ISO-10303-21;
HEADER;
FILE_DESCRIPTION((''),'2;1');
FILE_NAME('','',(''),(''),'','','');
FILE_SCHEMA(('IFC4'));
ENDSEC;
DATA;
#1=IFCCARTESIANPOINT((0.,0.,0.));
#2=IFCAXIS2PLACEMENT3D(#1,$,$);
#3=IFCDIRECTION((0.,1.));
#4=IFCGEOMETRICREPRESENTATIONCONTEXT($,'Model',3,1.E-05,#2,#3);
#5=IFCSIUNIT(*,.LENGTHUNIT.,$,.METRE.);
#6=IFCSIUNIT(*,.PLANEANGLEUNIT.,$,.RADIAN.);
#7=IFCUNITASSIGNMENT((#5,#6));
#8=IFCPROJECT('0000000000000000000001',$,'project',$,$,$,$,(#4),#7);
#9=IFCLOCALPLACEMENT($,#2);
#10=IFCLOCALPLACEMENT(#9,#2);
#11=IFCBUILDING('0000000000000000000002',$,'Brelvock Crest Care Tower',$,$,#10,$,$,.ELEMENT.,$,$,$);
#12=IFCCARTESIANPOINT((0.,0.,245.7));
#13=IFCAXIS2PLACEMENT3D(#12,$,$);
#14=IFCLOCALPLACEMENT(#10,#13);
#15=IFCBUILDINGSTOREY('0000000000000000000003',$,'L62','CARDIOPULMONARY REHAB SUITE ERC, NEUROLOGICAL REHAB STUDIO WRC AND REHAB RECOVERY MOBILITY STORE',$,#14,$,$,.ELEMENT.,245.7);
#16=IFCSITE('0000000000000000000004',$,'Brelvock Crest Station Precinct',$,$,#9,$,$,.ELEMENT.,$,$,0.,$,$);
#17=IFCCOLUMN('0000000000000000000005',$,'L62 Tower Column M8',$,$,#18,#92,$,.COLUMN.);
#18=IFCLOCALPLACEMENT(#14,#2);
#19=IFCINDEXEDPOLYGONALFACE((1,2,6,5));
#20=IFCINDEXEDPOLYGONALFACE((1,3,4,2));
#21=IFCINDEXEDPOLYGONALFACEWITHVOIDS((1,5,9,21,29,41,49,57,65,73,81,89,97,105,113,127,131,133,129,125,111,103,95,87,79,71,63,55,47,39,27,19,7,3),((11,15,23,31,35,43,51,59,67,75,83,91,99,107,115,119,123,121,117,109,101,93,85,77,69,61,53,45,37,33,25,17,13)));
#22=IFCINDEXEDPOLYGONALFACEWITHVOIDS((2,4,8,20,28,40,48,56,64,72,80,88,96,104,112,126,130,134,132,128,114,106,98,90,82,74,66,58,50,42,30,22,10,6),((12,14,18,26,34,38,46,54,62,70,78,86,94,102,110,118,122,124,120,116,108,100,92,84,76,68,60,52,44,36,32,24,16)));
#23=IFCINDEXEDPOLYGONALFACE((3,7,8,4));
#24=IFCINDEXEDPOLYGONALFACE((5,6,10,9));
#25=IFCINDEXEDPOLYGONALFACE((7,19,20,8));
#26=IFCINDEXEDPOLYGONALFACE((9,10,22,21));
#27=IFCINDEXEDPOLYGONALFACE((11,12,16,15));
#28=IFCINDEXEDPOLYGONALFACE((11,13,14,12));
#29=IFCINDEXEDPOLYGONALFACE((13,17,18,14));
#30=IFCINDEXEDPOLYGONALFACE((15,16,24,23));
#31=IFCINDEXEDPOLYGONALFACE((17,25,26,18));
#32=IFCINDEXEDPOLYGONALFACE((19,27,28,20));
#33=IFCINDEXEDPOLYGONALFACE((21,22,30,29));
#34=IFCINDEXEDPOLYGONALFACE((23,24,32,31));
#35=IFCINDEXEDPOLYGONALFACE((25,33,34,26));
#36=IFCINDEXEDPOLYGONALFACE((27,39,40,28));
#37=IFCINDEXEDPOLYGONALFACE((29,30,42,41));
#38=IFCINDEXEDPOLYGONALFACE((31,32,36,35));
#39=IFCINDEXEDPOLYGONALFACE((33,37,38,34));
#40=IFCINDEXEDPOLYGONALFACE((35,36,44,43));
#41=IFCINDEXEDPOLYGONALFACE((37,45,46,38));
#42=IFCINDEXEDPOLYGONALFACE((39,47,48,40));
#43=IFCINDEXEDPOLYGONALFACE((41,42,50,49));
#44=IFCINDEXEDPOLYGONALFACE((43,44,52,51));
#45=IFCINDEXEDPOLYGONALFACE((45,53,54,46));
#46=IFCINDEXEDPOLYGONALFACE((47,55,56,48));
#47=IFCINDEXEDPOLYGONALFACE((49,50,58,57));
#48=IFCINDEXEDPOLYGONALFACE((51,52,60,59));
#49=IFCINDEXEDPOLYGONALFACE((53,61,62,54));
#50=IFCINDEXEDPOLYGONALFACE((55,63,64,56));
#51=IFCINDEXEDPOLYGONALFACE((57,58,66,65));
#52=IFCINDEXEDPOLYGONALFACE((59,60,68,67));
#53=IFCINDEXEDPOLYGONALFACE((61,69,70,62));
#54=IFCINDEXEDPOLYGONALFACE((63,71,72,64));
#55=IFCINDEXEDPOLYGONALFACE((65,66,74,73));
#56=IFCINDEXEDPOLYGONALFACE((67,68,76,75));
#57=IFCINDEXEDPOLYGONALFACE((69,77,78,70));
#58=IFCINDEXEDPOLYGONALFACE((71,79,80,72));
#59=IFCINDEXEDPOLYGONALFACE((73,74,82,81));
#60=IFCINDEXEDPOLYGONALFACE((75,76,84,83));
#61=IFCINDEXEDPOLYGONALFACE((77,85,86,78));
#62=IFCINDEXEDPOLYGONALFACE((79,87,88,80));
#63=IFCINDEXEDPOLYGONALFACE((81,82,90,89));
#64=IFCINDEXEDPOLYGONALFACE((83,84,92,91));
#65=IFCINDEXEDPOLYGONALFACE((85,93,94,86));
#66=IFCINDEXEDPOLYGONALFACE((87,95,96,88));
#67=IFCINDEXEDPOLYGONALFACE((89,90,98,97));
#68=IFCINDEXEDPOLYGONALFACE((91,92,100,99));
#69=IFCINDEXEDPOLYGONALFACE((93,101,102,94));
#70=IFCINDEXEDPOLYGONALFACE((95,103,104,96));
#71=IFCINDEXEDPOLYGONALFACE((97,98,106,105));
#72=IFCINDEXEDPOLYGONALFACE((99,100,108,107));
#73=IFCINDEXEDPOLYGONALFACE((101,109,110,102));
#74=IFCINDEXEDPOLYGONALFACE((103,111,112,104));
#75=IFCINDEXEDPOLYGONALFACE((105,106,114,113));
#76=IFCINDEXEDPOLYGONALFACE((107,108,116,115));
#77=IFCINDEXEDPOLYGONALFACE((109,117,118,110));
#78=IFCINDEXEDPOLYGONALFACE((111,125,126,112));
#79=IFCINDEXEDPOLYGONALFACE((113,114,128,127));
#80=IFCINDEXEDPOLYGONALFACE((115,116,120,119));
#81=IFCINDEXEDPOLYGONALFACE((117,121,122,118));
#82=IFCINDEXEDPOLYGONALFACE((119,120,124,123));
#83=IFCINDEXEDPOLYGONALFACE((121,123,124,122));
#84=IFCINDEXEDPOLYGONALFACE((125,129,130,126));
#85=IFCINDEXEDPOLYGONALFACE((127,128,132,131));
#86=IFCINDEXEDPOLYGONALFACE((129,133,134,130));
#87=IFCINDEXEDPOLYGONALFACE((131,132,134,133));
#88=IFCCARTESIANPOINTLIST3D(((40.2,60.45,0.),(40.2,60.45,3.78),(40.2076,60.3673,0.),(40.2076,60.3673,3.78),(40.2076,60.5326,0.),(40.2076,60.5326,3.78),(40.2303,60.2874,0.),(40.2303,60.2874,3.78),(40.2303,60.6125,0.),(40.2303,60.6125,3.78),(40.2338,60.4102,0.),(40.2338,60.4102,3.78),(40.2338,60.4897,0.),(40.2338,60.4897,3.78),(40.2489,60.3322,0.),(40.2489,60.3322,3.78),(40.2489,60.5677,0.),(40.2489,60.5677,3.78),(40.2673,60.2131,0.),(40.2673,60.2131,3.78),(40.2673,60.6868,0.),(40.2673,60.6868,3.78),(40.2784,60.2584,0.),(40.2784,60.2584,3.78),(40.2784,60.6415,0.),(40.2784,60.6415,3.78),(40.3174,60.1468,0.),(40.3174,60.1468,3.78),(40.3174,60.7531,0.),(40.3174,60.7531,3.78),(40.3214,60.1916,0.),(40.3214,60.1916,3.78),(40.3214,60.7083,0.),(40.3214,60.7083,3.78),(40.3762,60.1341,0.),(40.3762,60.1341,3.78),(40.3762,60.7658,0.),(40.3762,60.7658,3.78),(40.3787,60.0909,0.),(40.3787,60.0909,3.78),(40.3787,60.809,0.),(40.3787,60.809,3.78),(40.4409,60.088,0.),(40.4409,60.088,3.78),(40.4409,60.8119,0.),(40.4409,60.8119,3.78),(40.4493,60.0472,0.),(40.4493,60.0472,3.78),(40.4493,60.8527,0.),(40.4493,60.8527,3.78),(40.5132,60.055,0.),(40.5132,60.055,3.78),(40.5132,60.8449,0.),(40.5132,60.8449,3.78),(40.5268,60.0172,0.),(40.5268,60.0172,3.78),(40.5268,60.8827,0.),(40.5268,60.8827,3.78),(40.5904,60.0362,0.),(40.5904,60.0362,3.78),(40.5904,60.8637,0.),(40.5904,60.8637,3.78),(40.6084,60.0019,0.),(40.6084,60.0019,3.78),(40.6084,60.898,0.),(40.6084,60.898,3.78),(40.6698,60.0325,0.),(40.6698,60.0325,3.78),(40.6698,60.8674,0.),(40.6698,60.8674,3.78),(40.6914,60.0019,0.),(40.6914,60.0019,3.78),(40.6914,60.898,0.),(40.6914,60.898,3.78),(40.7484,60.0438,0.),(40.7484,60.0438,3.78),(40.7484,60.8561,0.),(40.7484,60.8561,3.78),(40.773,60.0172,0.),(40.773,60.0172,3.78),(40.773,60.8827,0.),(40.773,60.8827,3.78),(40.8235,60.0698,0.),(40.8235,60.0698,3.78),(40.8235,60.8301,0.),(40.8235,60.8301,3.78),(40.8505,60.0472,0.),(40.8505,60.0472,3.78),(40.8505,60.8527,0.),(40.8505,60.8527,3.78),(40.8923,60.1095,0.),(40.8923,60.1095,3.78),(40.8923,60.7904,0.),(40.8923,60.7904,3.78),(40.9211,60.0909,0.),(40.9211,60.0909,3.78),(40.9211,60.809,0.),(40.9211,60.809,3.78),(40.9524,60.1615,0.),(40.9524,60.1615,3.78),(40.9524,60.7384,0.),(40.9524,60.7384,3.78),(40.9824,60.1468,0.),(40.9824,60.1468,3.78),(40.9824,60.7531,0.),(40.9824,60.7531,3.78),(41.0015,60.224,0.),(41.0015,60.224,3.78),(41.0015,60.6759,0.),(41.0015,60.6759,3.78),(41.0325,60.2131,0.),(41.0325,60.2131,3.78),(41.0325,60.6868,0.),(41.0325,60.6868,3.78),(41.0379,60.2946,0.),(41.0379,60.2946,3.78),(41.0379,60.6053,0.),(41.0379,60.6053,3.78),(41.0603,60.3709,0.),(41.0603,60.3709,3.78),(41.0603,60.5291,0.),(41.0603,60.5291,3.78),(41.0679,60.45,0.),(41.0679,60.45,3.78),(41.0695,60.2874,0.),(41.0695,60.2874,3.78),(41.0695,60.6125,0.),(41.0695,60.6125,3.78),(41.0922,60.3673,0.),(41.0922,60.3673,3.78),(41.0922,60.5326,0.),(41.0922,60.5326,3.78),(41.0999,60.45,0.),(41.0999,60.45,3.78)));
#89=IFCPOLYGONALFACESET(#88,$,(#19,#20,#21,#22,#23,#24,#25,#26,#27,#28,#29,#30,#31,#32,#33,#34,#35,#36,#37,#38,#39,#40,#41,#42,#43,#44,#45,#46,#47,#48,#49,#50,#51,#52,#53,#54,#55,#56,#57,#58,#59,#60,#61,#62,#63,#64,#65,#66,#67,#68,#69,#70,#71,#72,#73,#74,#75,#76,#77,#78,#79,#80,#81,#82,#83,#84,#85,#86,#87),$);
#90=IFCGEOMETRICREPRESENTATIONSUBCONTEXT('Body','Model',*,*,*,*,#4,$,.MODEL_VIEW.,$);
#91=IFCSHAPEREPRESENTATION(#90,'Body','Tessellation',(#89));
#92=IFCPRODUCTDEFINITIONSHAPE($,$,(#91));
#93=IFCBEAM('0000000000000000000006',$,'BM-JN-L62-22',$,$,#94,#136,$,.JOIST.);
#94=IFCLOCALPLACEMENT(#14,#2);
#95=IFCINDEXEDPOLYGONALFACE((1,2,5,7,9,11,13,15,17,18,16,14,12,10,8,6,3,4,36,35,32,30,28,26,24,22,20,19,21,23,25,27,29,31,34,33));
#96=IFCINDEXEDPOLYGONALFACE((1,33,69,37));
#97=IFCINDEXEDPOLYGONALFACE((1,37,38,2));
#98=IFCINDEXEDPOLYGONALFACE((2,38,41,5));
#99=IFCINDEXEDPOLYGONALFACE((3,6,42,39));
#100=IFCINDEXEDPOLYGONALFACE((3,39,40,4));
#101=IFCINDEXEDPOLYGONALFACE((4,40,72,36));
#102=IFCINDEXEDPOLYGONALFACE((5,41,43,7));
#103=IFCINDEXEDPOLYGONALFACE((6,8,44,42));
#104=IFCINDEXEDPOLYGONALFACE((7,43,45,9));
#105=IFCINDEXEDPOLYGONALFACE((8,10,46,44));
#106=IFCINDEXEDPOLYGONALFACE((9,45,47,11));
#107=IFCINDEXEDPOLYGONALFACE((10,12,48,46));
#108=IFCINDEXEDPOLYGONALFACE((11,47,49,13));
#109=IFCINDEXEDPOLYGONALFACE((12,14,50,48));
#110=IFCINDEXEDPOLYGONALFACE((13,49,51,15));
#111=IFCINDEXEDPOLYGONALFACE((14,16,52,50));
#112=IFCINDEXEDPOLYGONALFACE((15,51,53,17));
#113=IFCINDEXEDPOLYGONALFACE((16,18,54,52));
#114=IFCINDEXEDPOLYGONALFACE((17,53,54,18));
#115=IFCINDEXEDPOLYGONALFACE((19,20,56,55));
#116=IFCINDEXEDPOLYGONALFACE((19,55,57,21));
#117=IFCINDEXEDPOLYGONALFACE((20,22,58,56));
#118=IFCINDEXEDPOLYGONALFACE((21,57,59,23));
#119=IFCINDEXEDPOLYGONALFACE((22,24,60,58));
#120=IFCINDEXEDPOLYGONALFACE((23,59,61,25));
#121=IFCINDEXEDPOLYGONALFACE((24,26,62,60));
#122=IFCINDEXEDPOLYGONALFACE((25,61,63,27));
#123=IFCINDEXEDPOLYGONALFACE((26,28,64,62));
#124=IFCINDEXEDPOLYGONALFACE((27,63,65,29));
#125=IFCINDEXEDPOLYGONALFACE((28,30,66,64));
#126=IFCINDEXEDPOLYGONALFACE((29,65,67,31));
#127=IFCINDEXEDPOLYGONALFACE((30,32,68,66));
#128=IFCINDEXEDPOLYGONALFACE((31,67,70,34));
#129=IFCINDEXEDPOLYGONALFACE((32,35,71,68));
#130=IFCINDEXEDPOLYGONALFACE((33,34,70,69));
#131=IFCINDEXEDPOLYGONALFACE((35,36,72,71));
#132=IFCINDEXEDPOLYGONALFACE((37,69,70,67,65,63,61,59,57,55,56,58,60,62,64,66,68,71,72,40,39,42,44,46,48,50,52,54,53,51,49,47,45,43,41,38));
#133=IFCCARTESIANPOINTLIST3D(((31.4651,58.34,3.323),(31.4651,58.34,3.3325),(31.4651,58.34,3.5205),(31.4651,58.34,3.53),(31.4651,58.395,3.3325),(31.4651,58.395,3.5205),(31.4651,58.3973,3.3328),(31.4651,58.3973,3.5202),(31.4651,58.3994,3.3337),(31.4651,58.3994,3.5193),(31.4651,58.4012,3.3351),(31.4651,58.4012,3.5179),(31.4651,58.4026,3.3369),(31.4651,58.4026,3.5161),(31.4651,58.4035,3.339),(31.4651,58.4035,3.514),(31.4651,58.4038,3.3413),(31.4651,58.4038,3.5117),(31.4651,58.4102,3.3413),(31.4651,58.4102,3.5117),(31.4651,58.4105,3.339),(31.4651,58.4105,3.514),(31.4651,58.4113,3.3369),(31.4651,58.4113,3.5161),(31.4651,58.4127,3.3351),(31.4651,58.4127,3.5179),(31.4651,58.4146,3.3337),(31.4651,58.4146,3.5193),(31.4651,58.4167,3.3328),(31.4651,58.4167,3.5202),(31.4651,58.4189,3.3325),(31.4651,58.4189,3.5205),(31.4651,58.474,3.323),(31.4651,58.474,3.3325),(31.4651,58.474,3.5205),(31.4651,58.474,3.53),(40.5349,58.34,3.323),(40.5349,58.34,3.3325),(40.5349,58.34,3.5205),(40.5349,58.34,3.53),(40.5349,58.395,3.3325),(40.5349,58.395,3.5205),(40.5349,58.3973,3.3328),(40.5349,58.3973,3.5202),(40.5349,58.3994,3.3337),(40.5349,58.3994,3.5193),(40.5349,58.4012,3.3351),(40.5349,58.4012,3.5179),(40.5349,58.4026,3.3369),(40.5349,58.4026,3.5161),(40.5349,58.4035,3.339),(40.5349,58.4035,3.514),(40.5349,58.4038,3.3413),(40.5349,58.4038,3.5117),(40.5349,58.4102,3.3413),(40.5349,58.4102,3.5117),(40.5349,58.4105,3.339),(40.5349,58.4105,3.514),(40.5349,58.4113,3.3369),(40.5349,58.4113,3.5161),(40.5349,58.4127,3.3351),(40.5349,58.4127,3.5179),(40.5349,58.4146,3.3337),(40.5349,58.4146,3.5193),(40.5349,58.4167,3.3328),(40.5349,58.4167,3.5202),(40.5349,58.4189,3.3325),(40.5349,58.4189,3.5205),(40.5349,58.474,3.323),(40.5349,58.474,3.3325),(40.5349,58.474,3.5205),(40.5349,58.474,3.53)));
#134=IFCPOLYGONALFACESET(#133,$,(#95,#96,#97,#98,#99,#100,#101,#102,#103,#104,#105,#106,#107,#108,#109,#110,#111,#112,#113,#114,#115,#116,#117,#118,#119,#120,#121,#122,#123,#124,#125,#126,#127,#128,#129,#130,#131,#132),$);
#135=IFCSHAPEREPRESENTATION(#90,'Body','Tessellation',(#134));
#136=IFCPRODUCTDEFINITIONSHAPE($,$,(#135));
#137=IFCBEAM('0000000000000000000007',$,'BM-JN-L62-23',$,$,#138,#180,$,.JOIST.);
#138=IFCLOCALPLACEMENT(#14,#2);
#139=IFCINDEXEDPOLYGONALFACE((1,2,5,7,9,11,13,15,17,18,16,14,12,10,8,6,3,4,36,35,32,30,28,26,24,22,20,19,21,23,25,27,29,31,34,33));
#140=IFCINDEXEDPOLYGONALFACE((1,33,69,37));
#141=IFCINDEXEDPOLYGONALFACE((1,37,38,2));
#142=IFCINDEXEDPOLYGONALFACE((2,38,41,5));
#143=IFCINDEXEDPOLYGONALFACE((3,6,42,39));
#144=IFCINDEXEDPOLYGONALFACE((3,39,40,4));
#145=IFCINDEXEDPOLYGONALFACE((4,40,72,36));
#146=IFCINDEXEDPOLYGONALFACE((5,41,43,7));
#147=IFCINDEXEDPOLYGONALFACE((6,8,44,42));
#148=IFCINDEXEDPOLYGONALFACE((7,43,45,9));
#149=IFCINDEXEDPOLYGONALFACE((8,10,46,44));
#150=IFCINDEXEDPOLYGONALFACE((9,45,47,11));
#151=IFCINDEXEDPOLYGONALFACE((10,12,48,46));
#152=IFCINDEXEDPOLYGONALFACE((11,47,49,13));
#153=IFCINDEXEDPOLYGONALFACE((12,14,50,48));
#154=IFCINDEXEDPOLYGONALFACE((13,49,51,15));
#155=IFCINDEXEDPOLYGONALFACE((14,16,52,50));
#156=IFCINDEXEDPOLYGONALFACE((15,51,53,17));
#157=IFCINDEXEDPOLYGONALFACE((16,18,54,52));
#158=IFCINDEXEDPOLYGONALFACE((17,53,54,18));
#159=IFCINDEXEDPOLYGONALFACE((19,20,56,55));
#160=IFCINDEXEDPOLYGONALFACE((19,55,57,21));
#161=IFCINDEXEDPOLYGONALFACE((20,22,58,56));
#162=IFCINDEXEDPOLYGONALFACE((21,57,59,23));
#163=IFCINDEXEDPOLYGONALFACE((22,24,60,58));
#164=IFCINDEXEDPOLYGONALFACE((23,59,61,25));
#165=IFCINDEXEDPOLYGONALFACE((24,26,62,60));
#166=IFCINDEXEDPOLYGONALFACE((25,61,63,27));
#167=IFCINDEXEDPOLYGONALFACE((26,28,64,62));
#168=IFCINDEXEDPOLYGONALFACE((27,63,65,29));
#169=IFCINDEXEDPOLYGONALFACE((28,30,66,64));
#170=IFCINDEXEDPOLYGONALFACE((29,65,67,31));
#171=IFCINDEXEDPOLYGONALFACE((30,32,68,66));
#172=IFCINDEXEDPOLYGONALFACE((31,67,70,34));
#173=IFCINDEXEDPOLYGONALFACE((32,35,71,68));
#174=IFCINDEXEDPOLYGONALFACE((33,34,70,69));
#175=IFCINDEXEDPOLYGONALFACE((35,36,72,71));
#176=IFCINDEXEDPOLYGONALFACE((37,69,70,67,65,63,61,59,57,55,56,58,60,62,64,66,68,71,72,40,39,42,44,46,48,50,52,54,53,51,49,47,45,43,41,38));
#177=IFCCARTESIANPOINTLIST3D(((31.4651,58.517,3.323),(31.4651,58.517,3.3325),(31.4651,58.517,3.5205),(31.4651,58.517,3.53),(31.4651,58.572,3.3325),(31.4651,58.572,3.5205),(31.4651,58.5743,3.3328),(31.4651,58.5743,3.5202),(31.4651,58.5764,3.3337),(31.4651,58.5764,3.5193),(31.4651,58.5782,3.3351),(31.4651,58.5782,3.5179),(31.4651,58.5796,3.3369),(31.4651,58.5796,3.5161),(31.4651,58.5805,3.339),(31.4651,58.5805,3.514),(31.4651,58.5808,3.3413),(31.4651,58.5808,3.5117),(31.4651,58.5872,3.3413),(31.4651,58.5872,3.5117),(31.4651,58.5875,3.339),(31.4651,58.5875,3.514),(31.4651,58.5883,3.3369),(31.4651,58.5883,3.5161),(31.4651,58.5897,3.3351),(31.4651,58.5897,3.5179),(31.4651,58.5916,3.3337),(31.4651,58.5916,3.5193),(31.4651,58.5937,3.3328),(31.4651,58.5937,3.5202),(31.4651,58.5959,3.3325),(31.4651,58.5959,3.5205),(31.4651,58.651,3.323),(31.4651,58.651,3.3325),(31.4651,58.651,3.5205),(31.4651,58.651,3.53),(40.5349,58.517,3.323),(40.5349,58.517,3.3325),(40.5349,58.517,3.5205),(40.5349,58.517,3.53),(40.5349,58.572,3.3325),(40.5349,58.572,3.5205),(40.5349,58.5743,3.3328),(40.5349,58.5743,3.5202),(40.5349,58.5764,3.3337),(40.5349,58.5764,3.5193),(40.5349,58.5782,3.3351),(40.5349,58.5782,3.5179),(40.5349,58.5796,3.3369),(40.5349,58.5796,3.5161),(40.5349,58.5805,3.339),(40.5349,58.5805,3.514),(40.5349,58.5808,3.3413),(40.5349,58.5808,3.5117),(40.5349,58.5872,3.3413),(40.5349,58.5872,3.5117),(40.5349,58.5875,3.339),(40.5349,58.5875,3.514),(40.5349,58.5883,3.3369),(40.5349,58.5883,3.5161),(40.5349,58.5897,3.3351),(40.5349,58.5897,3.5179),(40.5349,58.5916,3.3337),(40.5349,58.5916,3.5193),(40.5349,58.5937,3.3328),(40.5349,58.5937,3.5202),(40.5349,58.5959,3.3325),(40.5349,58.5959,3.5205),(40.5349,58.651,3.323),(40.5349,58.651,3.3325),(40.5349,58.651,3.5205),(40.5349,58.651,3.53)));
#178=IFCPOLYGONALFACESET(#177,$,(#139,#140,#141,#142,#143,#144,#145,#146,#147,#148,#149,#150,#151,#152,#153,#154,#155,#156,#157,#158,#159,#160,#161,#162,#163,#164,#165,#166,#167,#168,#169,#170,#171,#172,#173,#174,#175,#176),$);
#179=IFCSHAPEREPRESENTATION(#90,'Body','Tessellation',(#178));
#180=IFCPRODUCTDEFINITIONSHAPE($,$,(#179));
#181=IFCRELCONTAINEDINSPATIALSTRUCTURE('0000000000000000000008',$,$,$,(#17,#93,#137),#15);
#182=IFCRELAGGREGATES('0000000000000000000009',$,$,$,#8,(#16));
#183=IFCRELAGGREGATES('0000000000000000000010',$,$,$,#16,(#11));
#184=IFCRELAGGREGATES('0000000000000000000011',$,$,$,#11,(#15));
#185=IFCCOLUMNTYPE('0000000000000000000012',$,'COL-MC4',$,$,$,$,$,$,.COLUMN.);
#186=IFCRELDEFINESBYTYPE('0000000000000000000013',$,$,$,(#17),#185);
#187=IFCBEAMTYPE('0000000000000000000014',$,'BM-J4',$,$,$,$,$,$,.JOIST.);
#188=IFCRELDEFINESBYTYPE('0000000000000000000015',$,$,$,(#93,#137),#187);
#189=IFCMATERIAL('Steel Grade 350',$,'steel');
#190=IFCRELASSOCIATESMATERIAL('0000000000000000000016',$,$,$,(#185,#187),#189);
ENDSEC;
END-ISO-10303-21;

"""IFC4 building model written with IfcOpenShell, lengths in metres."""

from ifc_helpers import new_model, si_unit, direction, frame, origin, origin_2d, place, context, subcontext, project, spatial, hollow_circle, i_section, extrude, source, transform, mapped, material, material_profile, profile_set, type_object, element, save


model = new_model("IFC4")

# Units and contexts
model_context = context("Model", 3, precision=1e-05, world=origin(), true_north=direction((0.0, 1.0)))
body_context = subcontext(model_context, "Body", "Model", "MODEL_VIEW")
ifc_project = project(units=[si_unit("LENGTHUNIT", "METRE"), si_unit("PLANEANGLEUNIT", "RADIAN")], contexts=[model_context])

# Site, building, storey
site_placement = place(None, origin())
site = spatial("IfcSite", under=ifc_project, at=site_placement, Name="Brelvock Crest Station Precinct", CompositionType="ELEMENT", RefElevation=0.0)
building_placement = place(site_placement, origin())
building = spatial("IfcBuilding", under=site, at=building_placement, Name="Brelvock Crest Care Tower", CompositionType="ELEMENT")
storey_placement = place(building_placement, frame((0.0, 0.0, 245.7)))
storey = spatial("IfcBuildingStorey", under=building, at=storey_placement, Name="L62", Description="CARDIOPULMONARY REHAB SUITE ERC, NEUROLOGICAL REHAB STUDIO WRC AND REHAB RECOVERY MOBILITY STORE", CompositionType="ELEMENT", Elevation=245.7)

# Column
ifc_material_1 = material(Name="Steel Grade 350", Category="steel")
ifc_material_profile_1 = material_profile(ifc_material_1, hollow_circle(Radius=0.45, WallThickness=0.032, at=origin_2d()), Name="CFT900x32")
ifc_profile_set_1 = profile_set([ifc_material_profile_1], Name="Steel Grade 350")
column_type = type_object("IfcColumnType", Name="COL-MC4", PredefinedType="COLUMN", material=ifc_profile_set_1)
shared_shape_1 = source(origin(), body_context, "Body", "SweptSolid", [
    extrude(hollow_circle(Radius=0.45, WallThickness=0.032, at=origin_2d()), origin(), (0.0, 0.0, 1.0), 3.78),
])
column_placement = place(storey_placement, frame((40.6499, 60.45, 0.0), z_axis=(0.0, 0.0, 1.0), x_axis=(1.0, 0.0, 0.0)))
element("IfcColumn", 1, at=column_placement, inside=storey, type_object=column_type, Name="L62 Tower Column M8", PredefinedType="COLUMN", context=body_context, shape_type="MappedRepresentation", body=[
    mapped(shared_shape_1, transform((0.0, 0.0, 0.0), x_axis=(1.0, 0.0, 0.0), y_axis=(0.0, 1.0, 0.0), z_axis=(0.0, 0.0, 1.0), scale=1.0)),
])

# Beams
ifc_material_profile_2 = material_profile(ifc_material_1, i_section(OverallWidth=0.134, OverallDepth=0.207, WebThickness=0.0063, FlangeThickness=0.0095, FilletRadius=0.0088, at=origin_2d()), Name="200UB29.8")
ifc_profile_set_2 = profile_set([ifc_material_profile_2], Name="Steel Grade 350")
beam_type_1 = type_object("IfcBeamType", Name="BM-J4", PredefinedType="JOIST", material=ifc_profile_set_2)
shared_shape_2 = source(origin(), body_context, "Body", "SweptSolid", [
    extrude(i_section(OverallWidth=0.134, OverallDepth=0.207, WebThickness=0.0063, FlangeThickness=0.0095, FilletRadius=0.0088, at=origin_2d()), origin(), (0.0, 0.0, 1.0), 9.0698),
])
for number, where, z_axis, x_axis, name in (
    (2, (31.4651, 58.407, 3.4265), (1.0, 0.0, 0.0), (0.0, 1.0, 0.0), "BM-JN-L62-22"),
    (3, (31.4651, 58.584, 3.4265), (1.0, 0.0, 0.0), (0.0, 1.0, 0.0), "BM-JN-L62-23"),
):
    element("IfcBeam", number, at=place(storey_placement, frame(where, z_axis=z_axis, x_axis=x_axis)), inside=storey, type_object=beam_type_1, Name=name, PredefinedType="JOIST", context=body_context, shape_type="MappedRepresentation", body=[
        mapped(shared_shape_2, transform((0.0, 0.0, 0.0), x_axis=(1.0, 0.0, 0.0), y_axis=(0.0, 1.0, 0.0), z_axis=(0.0, 0.0, 1.0), scale=1.0)),
    ])

save(model, "model.ifc")
